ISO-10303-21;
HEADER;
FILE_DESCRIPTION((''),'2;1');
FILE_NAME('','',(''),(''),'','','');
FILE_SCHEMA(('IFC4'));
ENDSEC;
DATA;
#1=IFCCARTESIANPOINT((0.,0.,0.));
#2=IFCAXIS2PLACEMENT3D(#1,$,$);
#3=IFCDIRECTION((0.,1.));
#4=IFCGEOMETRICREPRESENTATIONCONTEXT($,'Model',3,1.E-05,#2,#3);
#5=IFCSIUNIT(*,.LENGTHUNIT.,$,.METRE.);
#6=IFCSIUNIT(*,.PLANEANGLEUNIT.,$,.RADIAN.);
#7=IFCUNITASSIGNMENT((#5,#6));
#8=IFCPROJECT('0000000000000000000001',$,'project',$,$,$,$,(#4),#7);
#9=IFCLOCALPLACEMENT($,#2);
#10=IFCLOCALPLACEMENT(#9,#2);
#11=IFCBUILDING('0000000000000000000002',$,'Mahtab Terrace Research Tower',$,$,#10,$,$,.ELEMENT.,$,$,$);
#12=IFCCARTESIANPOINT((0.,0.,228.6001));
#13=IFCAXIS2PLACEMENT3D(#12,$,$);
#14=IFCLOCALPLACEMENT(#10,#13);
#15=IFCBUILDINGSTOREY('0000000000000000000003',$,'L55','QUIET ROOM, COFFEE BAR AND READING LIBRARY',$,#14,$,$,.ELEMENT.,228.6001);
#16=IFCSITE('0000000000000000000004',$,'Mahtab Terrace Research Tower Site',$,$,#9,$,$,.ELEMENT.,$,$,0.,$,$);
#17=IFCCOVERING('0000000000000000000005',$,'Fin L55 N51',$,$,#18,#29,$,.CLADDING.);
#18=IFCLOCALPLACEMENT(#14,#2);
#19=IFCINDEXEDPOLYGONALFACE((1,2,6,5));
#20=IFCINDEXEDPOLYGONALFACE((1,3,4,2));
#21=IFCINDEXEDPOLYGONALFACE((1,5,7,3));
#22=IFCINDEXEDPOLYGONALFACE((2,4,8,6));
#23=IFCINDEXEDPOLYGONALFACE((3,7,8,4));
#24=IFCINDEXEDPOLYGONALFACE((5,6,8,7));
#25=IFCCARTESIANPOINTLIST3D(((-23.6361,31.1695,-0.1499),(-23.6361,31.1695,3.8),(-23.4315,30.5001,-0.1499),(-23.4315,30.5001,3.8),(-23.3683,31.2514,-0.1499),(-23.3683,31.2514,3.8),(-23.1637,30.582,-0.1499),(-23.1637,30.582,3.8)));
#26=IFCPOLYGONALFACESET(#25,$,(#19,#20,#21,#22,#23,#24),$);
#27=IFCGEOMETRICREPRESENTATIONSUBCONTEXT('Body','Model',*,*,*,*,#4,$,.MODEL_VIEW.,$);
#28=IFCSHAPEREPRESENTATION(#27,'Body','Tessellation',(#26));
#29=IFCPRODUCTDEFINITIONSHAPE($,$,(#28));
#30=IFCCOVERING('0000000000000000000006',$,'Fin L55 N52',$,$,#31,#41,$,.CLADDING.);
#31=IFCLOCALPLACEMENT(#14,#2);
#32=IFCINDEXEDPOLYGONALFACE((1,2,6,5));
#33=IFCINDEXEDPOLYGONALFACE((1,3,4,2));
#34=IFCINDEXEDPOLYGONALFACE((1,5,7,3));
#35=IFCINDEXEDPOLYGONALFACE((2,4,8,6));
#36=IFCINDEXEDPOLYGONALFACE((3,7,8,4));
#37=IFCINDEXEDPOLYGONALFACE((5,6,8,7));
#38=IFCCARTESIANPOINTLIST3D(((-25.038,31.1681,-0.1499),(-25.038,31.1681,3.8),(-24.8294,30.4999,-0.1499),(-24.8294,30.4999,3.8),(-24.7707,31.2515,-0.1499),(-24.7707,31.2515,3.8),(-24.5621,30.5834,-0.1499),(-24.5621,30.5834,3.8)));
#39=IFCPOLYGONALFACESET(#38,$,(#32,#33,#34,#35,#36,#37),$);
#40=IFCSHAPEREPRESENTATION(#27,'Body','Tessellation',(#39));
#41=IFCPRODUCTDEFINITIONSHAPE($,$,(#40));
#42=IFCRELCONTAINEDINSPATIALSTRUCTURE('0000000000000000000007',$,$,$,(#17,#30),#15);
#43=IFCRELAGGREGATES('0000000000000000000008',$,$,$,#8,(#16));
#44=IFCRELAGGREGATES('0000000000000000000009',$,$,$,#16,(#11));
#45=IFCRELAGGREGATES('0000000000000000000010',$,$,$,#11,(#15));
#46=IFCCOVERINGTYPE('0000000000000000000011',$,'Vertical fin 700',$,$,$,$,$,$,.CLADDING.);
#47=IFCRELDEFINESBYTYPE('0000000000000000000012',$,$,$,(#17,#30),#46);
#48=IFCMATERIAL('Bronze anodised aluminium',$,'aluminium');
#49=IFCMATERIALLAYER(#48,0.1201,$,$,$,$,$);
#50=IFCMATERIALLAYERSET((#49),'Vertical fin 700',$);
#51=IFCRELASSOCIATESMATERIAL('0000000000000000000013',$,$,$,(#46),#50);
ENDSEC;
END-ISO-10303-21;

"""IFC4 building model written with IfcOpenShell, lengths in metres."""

from ifc_helpers import new_model, si_unit, direction, frame, origin, origin_2d, place, context, subcontext, project, spatial, rectangle, extrude, material, layer, layer_set, type_object, element, save


model = new_model("IFC4")

# Units and contexts
model_context = context("Model", 3, precision=1e-05, world=origin(), true_north=direction((0.0, 1.0)))
body_context = subcontext(model_context, "Body", "Model", "MODEL_VIEW")
ifc_project = project(units=[si_unit("LENGTHUNIT", "METRE"), si_unit("PLANEANGLEUNIT", "RADIAN")], contexts=[model_context])

# Site, building, storey
site_placement = place(None, origin())
site = spatial("IfcSite", under=ifc_project, at=site_placement, Name="Mahtab Terrace Research Tower Site", CompositionType="ELEMENT", RefElevation=0.0)
building_placement = place(site_placement, origin())
building = spatial("IfcBuilding", under=site, at=building_placement, Name="Mahtab Terrace Research Tower", CompositionType="ELEMENT")
storey_placement = place(building_placement, frame((0.0, 0.0, 228.6001)))
storey = spatial("IfcBuildingStorey", under=building, at=storey_placement, Name="L55", Description="QUIET ROOM, COFFEE BAR AND READING LIBRARY", CompositionType="ELEMENT", Elevation=228.6001)

# Coverings
ifc_material_1 = material(Name="Bronze anodised aluminium", Category="aluminium")
ifc_layer_1 = layer(ifc_material_1, 0.1201)
ifc_layer_set_1 = layer_set([ifc_layer_1], Name="Vertical fin 700")
covering_type = type_object("IfcCoveringType", Name="Vertical fin 700", PredefinedType="CLADDING", material=ifc_layer_set_1)
for number, where, z_axis, x_axis, name in (
    (1, (-23.3999, 30.8757, -0.1499), (0.0, 0.0, 1.0), (-0.956305, -0.292372, 0.0), "Fin L55 N51"),
    (2, (-24.8, 30.8757, -0.1499), (0.0, 0.0, 1.0), (-0.954588, -0.29793, 0.0), "Fin L55 N52"),
):
    element("IfcCovering", number, at=place(storey_placement, frame(where, z_axis=z_axis, x_axis=x_axis)), inside=storey, type_object=covering_type, Name=name, PredefinedType="CLADDING", context=body_context, shape_type="SweptSolid", body=[
        extrude(rectangle(XDim=0.28, YDim=0.7, at=origin_2d()), origin(), (0.0, 0.0, 1.0), 3.95),
    ])

save(model, "model.ifc")
